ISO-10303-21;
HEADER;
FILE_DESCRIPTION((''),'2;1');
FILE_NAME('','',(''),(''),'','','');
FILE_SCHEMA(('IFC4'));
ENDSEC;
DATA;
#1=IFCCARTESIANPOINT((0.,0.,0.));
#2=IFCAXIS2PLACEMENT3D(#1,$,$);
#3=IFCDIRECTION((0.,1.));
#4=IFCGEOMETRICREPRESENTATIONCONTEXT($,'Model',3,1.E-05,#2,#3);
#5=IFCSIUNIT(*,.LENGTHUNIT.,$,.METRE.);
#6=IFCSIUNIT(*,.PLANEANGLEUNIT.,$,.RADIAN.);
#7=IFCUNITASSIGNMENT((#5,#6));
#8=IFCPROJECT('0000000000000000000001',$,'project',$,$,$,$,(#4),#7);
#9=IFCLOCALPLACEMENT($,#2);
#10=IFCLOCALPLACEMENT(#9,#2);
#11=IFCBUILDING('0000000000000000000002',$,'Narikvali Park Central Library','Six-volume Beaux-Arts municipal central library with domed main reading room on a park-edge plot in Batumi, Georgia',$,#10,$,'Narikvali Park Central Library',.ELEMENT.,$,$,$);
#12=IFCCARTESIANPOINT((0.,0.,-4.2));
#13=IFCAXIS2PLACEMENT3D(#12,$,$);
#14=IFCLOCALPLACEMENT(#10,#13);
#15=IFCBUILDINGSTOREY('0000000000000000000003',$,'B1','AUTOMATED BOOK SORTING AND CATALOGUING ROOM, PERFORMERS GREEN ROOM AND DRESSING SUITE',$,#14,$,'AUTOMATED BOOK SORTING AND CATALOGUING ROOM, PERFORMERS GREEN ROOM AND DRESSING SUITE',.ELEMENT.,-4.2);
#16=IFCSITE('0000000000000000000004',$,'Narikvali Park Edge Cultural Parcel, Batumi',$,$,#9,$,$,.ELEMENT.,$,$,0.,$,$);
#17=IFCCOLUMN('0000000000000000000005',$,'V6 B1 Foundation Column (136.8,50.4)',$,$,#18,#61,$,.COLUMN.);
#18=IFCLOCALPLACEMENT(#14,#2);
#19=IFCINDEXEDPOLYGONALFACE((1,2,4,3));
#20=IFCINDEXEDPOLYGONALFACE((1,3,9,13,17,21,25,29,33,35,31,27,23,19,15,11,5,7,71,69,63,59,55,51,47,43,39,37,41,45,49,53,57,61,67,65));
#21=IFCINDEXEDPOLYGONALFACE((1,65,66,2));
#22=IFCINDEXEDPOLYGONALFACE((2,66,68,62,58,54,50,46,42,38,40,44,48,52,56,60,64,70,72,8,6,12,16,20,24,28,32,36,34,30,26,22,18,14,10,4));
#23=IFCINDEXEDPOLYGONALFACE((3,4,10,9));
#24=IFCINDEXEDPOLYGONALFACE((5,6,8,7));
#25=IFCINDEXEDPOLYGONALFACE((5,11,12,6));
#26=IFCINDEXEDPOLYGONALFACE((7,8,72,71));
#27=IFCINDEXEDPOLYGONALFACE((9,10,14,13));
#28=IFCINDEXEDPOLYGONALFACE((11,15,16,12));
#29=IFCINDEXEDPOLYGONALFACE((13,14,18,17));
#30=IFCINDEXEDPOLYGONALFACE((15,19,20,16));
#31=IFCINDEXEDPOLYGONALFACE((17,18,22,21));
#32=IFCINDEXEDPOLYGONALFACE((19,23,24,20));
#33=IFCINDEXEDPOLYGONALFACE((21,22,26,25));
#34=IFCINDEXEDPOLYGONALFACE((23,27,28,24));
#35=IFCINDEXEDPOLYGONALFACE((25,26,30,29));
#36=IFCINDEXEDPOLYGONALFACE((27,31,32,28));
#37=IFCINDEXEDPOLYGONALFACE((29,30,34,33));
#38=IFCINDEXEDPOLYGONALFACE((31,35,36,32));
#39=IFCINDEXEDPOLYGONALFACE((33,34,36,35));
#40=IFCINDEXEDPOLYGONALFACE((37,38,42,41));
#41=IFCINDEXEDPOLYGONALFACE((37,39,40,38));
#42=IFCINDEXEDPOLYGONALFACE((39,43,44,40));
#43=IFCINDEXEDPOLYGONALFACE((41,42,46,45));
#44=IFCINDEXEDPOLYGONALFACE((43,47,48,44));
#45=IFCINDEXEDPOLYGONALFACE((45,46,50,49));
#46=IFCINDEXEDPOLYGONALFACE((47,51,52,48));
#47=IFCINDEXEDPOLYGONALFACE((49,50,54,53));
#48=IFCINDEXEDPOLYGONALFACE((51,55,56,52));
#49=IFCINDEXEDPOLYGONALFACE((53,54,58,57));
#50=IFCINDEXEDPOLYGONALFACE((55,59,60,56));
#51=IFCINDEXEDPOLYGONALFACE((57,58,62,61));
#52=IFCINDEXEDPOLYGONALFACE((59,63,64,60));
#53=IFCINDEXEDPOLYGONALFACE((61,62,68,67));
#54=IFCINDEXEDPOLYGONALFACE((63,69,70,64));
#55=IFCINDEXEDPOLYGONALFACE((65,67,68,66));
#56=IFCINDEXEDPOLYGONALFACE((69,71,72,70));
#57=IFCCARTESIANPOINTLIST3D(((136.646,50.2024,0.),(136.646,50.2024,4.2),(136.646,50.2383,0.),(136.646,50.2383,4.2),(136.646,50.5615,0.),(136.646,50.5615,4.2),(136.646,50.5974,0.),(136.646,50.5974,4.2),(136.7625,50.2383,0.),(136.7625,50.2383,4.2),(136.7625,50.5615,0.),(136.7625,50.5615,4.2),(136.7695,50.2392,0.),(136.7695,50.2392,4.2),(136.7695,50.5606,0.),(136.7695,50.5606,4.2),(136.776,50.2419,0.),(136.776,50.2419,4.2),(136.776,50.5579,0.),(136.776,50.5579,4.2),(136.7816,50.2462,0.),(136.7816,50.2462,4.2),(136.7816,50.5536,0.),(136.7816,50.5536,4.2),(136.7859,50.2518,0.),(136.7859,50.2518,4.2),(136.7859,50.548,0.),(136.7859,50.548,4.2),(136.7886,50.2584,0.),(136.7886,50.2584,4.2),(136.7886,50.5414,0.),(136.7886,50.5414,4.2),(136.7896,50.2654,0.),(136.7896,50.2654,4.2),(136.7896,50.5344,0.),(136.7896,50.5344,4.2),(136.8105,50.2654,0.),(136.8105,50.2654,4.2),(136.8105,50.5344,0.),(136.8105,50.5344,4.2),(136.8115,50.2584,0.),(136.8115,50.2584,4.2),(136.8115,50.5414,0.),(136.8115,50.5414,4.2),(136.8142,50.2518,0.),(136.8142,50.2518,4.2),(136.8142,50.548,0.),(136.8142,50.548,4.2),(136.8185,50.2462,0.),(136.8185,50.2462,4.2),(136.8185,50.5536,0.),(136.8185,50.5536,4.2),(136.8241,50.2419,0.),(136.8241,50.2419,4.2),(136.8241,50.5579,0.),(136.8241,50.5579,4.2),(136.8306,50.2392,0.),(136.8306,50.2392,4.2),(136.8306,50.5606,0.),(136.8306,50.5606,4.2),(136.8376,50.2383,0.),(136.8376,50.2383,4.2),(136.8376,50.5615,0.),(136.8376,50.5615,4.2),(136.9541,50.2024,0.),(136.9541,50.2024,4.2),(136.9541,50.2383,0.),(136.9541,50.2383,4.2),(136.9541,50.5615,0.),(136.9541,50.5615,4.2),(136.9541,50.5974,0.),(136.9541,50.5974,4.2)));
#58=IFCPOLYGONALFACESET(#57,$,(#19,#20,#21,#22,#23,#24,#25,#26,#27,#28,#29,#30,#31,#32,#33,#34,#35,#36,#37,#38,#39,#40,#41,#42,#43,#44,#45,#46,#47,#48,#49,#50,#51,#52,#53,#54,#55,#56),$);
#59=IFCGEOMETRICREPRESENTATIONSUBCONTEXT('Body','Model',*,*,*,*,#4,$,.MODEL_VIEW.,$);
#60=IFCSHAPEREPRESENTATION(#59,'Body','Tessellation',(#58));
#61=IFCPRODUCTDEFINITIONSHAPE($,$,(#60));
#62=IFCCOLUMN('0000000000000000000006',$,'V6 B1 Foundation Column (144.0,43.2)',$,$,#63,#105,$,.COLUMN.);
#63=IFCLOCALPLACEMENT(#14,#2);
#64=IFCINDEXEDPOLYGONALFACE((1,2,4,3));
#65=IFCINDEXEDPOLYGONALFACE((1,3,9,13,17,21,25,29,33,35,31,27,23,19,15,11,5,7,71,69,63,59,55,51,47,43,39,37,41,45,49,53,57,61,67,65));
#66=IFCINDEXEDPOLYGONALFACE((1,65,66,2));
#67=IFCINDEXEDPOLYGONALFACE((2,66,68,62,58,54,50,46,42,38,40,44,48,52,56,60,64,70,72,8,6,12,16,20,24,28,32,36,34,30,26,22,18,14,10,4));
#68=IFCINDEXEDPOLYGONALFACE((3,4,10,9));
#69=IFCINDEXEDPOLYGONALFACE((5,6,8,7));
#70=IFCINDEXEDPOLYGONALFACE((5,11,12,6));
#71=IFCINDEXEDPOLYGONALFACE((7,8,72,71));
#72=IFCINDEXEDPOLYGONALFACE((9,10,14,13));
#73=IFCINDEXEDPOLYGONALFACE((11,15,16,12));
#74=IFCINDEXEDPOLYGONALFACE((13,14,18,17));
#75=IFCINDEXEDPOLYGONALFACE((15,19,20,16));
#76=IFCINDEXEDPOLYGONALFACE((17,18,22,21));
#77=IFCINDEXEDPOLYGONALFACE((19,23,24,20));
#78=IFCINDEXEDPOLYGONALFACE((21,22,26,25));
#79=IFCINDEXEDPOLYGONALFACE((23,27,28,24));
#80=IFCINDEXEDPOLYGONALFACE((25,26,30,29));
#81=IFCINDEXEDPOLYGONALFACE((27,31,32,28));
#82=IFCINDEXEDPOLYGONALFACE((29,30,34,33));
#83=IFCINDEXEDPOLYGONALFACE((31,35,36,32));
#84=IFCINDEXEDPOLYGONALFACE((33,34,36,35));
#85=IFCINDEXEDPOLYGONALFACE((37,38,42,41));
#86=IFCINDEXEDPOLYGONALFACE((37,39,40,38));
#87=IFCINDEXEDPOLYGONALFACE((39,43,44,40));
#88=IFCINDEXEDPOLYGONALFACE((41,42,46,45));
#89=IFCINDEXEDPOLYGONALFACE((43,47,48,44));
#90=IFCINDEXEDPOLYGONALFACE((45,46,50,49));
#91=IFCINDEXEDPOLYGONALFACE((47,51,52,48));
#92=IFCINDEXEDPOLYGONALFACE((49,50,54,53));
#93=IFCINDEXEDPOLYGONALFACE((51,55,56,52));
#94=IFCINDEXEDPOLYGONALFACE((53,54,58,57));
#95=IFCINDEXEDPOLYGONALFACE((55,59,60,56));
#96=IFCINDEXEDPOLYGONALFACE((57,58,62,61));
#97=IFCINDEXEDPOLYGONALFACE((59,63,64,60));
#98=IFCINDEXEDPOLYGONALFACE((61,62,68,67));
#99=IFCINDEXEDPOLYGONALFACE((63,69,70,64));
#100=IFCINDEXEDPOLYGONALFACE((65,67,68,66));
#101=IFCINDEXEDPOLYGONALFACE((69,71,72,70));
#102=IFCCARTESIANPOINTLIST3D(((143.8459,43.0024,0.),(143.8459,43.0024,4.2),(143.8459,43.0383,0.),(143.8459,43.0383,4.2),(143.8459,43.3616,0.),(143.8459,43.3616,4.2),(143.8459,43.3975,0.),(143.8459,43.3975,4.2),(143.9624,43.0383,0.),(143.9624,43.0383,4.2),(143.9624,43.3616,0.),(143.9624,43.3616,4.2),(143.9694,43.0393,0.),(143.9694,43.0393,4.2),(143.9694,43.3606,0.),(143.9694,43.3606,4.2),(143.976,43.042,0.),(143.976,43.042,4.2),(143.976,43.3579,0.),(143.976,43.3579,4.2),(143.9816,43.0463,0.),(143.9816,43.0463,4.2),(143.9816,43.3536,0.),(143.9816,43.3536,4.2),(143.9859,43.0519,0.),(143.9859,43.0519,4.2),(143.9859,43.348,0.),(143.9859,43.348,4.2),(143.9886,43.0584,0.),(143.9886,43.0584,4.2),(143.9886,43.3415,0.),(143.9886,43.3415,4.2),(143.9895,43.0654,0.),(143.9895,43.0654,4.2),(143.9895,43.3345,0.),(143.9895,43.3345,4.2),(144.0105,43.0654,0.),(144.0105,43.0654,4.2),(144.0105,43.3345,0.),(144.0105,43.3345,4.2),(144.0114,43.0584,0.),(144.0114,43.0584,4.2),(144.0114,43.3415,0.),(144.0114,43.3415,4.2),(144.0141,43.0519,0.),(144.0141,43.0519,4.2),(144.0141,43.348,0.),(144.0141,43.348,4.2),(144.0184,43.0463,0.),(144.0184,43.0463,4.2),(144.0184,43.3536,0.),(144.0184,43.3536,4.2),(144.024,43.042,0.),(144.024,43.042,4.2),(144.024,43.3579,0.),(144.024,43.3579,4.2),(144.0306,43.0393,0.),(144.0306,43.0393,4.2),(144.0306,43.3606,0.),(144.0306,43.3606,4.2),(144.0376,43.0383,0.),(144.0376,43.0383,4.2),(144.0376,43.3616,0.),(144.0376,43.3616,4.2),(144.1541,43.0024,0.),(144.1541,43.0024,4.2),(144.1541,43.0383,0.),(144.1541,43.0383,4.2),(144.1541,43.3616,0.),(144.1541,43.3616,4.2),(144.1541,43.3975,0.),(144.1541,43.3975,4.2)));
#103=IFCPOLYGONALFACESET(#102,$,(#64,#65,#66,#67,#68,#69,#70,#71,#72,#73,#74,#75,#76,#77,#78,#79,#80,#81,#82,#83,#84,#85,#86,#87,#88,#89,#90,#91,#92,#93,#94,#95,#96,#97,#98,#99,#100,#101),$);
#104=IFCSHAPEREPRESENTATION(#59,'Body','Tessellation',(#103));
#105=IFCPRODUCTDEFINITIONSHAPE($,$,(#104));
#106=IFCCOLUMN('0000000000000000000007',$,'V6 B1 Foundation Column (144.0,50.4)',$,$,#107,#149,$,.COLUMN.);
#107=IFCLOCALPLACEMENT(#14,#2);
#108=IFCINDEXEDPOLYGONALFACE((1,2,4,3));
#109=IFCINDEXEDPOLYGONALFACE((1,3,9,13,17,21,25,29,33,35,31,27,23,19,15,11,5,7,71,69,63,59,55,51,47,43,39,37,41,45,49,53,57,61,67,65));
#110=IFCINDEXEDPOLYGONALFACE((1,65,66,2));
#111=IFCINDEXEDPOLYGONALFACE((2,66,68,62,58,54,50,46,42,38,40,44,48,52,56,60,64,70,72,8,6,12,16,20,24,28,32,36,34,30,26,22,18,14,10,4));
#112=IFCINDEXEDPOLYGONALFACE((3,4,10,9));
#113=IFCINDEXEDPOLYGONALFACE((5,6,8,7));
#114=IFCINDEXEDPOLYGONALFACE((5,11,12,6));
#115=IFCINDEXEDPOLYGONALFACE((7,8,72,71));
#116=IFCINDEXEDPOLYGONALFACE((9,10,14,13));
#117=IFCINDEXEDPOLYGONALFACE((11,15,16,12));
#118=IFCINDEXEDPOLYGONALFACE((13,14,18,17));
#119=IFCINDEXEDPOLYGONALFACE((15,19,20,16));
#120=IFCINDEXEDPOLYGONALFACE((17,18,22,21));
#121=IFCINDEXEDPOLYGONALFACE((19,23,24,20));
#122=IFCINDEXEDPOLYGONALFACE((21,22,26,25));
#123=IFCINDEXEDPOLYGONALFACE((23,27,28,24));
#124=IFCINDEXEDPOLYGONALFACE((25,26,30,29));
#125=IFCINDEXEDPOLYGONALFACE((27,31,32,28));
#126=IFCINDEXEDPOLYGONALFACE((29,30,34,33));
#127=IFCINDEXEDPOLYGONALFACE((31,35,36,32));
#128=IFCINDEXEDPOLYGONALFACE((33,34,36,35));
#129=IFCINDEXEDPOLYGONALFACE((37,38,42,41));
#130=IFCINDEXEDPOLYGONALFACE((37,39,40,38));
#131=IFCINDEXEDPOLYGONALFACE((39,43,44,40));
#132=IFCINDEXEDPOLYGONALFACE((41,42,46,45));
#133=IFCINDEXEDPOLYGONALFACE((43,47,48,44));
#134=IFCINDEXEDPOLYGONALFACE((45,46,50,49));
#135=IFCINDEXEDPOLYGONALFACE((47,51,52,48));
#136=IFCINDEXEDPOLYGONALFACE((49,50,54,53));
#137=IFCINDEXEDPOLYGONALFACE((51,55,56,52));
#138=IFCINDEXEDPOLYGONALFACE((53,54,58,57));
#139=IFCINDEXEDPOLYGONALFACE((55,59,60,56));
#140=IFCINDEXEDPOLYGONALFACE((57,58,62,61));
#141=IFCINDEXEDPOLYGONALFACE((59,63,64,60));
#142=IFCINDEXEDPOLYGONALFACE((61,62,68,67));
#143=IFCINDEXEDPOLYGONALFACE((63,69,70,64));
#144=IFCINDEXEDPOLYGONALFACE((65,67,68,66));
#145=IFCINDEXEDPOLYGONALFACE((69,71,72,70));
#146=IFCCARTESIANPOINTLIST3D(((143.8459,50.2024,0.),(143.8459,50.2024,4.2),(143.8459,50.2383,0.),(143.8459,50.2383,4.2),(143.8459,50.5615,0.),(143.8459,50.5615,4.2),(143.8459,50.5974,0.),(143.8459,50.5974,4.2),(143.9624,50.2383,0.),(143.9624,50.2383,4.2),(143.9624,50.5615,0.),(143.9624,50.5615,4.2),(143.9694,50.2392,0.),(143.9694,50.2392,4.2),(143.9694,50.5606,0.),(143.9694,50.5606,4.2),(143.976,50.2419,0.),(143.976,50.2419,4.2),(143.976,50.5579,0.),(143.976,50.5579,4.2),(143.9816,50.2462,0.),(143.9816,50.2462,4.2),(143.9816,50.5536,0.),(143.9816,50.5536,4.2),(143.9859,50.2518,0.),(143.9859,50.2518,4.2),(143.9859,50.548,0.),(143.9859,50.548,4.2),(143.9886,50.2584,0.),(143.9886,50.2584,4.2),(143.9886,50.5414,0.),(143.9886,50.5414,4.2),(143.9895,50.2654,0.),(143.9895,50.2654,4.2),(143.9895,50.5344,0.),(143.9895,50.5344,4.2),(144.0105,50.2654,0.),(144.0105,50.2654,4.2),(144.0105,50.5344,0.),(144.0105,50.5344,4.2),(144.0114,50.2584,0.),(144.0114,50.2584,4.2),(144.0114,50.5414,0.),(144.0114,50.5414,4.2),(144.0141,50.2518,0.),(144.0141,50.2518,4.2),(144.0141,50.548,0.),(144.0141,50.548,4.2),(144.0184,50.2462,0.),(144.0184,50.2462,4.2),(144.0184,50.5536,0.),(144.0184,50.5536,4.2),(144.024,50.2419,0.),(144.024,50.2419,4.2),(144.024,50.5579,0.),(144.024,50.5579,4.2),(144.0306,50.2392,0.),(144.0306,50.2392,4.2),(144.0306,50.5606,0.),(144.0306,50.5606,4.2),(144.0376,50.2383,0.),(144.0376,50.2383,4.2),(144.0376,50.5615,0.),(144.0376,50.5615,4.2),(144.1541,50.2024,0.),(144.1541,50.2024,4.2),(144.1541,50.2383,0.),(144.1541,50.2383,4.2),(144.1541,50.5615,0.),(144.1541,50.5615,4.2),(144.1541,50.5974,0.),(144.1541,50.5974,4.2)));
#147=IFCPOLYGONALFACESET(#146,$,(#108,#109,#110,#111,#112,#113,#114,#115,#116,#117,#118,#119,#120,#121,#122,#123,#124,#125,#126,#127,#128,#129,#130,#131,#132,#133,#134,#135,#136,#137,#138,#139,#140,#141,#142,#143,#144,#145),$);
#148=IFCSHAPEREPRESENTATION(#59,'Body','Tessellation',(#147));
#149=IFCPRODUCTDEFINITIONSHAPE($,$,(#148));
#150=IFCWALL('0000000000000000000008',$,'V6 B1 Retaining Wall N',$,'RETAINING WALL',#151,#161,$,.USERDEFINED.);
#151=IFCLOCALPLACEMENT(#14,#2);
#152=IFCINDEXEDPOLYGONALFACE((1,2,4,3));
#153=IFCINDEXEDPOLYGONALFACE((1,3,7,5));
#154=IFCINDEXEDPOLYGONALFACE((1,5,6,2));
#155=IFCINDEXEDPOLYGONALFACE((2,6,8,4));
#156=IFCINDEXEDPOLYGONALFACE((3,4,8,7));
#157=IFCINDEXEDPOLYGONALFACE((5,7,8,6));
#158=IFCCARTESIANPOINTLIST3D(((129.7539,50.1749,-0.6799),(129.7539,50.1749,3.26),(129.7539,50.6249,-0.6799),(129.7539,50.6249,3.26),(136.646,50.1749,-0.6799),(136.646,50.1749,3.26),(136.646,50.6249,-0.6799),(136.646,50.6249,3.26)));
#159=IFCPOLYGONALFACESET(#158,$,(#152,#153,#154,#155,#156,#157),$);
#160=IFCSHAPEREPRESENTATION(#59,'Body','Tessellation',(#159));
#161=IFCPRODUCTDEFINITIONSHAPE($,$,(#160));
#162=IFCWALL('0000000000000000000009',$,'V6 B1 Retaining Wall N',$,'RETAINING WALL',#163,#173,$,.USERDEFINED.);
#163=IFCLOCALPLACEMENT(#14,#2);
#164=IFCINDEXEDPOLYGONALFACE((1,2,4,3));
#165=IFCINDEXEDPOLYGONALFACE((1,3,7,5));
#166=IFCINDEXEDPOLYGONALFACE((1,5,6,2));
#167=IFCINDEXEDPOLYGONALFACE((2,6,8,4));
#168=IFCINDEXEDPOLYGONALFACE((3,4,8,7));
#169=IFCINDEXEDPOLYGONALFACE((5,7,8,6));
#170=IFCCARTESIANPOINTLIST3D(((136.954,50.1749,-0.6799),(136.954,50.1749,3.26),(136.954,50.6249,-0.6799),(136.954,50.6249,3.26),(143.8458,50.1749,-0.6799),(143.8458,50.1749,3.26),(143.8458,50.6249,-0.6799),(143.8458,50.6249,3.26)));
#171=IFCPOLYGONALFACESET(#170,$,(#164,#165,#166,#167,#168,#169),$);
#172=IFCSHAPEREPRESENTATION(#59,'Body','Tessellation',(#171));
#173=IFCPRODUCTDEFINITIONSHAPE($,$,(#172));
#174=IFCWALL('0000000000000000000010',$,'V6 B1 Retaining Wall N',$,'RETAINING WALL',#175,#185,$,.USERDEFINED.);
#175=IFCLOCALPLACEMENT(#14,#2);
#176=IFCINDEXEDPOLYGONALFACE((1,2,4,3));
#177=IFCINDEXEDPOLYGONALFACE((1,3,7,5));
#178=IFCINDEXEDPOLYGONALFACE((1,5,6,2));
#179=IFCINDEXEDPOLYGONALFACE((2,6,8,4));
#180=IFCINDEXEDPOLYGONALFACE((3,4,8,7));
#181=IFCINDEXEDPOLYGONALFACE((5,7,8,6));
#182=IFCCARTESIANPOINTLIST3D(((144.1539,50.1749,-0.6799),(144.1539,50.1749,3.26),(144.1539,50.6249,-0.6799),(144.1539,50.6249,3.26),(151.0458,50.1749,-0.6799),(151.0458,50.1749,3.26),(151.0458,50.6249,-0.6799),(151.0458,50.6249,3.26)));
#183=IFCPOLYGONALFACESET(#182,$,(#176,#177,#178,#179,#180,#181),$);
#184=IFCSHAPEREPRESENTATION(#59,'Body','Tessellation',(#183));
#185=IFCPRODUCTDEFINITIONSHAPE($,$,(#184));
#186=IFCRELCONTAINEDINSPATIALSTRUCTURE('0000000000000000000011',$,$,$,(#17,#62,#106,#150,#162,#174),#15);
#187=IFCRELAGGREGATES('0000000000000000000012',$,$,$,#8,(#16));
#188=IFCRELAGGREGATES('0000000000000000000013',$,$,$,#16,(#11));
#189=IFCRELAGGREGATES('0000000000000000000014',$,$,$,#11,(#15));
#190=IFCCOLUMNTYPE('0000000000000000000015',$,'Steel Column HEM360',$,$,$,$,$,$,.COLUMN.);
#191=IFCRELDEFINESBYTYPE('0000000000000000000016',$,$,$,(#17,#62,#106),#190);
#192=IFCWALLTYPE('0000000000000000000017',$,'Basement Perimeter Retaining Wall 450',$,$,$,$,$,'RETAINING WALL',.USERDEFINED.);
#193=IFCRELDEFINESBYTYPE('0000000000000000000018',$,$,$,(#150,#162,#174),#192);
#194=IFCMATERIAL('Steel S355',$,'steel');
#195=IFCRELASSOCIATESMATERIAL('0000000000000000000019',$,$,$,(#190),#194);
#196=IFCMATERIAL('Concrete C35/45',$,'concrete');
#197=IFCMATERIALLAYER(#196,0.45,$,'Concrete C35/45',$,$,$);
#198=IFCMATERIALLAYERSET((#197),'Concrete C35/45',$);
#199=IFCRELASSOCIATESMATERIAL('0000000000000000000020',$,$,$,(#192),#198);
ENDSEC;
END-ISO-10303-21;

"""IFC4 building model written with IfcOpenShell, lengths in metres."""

from ifc_helpers import new_model, si_unit, direction, frame, frame_2d, origin, origin_2d, place, context, subcontext, project, spatial, rectangle, i_section, extrude, material, layer, layer_set, material_profile, profile_set, type_object, element, save


model = new_model("IFC4")

# Units and contexts
model_context = context("Model", 3, precision=1e-05, world=origin(), true_north=direction((0.0, 1.0)))
body_context = subcontext(model_context, "Body", "Model", "MODEL_VIEW")
ifc_project = project(units=[si_unit("LENGTHUNIT", "METRE"), si_unit("PLANEANGLEUNIT", "RADIAN")], contexts=[model_context])

# Site, building, storey
site_placement = place(None, origin())
site = spatial("IfcSite", under=ifc_project, at=site_placement, Name="Narikvali Park Edge Cultural Parcel, Batumi", CompositionType="ELEMENT", RefElevation=0.0)
building_placement = place(site_placement, origin())
building = spatial("IfcBuilding", under=site, at=building_placement, Name="Narikvali Park Central Library", Description="Six-volume Beaux-Arts municipal central library with domed main reading room on a park-edge plot in Batumi, Georgia", LongName="Narikvali Park Central Library", CompositionType="ELEMENT")
storey_placement = place(building_placement, frame((0.0, 0.0, -4.2)))
storey = spatial("IfcBuildingStorey", under=building, at=storey_placement, Name="B1", Description="AUTOMATED BOOK SORTING AND CATALOGUING ROOM, PERFORMERS GREEN ROOM AND DRESSING SUITE", LongName="AUTOMATED BOOK SORTING AND CATALOGUING ROOM, PERFORMERS GREEN ROOM AND DRESSING SUITE", CompositionType="ELEMENT", Elevation=-4.2)

# Shared definitions
ifc_material_1 = material(Name="Concrete C35/45", Category="concrete")

# Columns
ifc_material_2 = material(Name="Steel S355", Category="steel")
ifc_material_profile_1 = material_profile(ifc_material_2, i_section(OverallWidth=0.3081, OverallDepth=0.395, WebThickness=0.021, FlangeThickness=0.0359, FilletRadius=0.0271, at=origin_2d()), Name="HEM 360")
ifc_profile_set_1 = profile_set([ifc_material_profile_1], Name="Steel S355")
column_type_1 = type_object("IfcColumnType", Name="Steel Column HEM360", PredefinedType="COLUMN", material=ifc_profile_set_1)
for number, where, z_axis, x_axis, name in (
    (1, (136.8, 50.3999, 0.0), (0.0, 0.0, 1.0), (1.0, 0.0, 0.0), "V6 B1 Foundation Column (136.8,50.4)"),
    (2, (144.0, 43.2, 0.0), (0.0, 0.0, 1.0), (1.0, 0.0, 0.0), "V6 B1 Foundation Column (144.0,43.2)"),
    (3, (144.0, 50.3999, 0.0), (0.0, 0.0, 1.0), (1.0, 0.0, 0.0), "V6 B1 Foundation Column (144.0,50.4)"),
):
    element("IfcColumn", number, at=place(storey_placement, frame(where, z_axis=z_axis, x_axis=x_axis)), inside=storey, type_object=column_type_1, Name=name, PredefinedType="COLUMN", context=body_context, shape_type="SweptSolid", body=[
        extrude(i_section(OverallWidth=0.3081, OverallDepth=0.395, WebThickness=0.021, FlangeThickness=0.0359, FilletRadius=0.0271, at=origin_2d()), origin(), (0.0, 0.0, 1.0), 4.2),
    ])

# Walls
ifc_layer_1 = layer(ifc_material_1, 0.45, Name="Concrete C35/45")
ifc_layer_set_1 = layer_set([ifc_layer_1], Name="Concrete C35/45")
wall_type = type_object("IfcWallType", Name="Basement Perimeter Retaining Wall 450", ElementType="RETAINING WALL", PredefinedType="USERDEFINED", material=ifc_layer_set_1)
wall_placement = place(storey_placement, frame((129.7539, 50.3999, -0.6799), z_axis=(0.0, 0.0, 1.0), x_axis=(1.0, 0.0, 0.0)))
element("IfcWall", 4, at=wall_placement, inside=storey, type_object=wall_type, Name="V6 B1 Retaining Wall N", ObjectType="RETAINING WALL", PredefinedType="USERDEFINED", context=body_context, shape_type="SweptSolid", body=[
    extrude(rectangle(XDim=6.8921, YDim=0.45, at=frame_2d((3.446, 0.0))), origin(), (0.0, 0.0, 1.0), 3.9399),
])
for number, where, z_axis, x_axis, name in (
    (5, (136.9541, 50.3999, -0.6799), (0.0, 0.0, 1.0), (1.0, 0.0, 0.0), "V6 B1 Retaining Wall N"),
    (6, (144.1541, 50.3999, -0.6799), (0.0, 0.0, 1.0), (1.0, 0.0, 0.0), "V6 B1 Retaining Wall N"),
):
    element("IfcWall", number, at=place(storey_placement, frame(where, z_axis=z_axis, x_axis=x_axis)), inside=storey, type_object=wall_type, Name=name, ObjectType="RETAINING WALL", PredefinedType="USERDEFINED", context=body_context, shape_type="SweptSolid", body=[
        extrude(rectangle(XDim=6.8918, YDim=0.45, at=frame_2d((3.4458, 0.0))), origin(), (0.0, 0.0, 1.0), 3.9399),
    ])

save(model, "model.ifc")
